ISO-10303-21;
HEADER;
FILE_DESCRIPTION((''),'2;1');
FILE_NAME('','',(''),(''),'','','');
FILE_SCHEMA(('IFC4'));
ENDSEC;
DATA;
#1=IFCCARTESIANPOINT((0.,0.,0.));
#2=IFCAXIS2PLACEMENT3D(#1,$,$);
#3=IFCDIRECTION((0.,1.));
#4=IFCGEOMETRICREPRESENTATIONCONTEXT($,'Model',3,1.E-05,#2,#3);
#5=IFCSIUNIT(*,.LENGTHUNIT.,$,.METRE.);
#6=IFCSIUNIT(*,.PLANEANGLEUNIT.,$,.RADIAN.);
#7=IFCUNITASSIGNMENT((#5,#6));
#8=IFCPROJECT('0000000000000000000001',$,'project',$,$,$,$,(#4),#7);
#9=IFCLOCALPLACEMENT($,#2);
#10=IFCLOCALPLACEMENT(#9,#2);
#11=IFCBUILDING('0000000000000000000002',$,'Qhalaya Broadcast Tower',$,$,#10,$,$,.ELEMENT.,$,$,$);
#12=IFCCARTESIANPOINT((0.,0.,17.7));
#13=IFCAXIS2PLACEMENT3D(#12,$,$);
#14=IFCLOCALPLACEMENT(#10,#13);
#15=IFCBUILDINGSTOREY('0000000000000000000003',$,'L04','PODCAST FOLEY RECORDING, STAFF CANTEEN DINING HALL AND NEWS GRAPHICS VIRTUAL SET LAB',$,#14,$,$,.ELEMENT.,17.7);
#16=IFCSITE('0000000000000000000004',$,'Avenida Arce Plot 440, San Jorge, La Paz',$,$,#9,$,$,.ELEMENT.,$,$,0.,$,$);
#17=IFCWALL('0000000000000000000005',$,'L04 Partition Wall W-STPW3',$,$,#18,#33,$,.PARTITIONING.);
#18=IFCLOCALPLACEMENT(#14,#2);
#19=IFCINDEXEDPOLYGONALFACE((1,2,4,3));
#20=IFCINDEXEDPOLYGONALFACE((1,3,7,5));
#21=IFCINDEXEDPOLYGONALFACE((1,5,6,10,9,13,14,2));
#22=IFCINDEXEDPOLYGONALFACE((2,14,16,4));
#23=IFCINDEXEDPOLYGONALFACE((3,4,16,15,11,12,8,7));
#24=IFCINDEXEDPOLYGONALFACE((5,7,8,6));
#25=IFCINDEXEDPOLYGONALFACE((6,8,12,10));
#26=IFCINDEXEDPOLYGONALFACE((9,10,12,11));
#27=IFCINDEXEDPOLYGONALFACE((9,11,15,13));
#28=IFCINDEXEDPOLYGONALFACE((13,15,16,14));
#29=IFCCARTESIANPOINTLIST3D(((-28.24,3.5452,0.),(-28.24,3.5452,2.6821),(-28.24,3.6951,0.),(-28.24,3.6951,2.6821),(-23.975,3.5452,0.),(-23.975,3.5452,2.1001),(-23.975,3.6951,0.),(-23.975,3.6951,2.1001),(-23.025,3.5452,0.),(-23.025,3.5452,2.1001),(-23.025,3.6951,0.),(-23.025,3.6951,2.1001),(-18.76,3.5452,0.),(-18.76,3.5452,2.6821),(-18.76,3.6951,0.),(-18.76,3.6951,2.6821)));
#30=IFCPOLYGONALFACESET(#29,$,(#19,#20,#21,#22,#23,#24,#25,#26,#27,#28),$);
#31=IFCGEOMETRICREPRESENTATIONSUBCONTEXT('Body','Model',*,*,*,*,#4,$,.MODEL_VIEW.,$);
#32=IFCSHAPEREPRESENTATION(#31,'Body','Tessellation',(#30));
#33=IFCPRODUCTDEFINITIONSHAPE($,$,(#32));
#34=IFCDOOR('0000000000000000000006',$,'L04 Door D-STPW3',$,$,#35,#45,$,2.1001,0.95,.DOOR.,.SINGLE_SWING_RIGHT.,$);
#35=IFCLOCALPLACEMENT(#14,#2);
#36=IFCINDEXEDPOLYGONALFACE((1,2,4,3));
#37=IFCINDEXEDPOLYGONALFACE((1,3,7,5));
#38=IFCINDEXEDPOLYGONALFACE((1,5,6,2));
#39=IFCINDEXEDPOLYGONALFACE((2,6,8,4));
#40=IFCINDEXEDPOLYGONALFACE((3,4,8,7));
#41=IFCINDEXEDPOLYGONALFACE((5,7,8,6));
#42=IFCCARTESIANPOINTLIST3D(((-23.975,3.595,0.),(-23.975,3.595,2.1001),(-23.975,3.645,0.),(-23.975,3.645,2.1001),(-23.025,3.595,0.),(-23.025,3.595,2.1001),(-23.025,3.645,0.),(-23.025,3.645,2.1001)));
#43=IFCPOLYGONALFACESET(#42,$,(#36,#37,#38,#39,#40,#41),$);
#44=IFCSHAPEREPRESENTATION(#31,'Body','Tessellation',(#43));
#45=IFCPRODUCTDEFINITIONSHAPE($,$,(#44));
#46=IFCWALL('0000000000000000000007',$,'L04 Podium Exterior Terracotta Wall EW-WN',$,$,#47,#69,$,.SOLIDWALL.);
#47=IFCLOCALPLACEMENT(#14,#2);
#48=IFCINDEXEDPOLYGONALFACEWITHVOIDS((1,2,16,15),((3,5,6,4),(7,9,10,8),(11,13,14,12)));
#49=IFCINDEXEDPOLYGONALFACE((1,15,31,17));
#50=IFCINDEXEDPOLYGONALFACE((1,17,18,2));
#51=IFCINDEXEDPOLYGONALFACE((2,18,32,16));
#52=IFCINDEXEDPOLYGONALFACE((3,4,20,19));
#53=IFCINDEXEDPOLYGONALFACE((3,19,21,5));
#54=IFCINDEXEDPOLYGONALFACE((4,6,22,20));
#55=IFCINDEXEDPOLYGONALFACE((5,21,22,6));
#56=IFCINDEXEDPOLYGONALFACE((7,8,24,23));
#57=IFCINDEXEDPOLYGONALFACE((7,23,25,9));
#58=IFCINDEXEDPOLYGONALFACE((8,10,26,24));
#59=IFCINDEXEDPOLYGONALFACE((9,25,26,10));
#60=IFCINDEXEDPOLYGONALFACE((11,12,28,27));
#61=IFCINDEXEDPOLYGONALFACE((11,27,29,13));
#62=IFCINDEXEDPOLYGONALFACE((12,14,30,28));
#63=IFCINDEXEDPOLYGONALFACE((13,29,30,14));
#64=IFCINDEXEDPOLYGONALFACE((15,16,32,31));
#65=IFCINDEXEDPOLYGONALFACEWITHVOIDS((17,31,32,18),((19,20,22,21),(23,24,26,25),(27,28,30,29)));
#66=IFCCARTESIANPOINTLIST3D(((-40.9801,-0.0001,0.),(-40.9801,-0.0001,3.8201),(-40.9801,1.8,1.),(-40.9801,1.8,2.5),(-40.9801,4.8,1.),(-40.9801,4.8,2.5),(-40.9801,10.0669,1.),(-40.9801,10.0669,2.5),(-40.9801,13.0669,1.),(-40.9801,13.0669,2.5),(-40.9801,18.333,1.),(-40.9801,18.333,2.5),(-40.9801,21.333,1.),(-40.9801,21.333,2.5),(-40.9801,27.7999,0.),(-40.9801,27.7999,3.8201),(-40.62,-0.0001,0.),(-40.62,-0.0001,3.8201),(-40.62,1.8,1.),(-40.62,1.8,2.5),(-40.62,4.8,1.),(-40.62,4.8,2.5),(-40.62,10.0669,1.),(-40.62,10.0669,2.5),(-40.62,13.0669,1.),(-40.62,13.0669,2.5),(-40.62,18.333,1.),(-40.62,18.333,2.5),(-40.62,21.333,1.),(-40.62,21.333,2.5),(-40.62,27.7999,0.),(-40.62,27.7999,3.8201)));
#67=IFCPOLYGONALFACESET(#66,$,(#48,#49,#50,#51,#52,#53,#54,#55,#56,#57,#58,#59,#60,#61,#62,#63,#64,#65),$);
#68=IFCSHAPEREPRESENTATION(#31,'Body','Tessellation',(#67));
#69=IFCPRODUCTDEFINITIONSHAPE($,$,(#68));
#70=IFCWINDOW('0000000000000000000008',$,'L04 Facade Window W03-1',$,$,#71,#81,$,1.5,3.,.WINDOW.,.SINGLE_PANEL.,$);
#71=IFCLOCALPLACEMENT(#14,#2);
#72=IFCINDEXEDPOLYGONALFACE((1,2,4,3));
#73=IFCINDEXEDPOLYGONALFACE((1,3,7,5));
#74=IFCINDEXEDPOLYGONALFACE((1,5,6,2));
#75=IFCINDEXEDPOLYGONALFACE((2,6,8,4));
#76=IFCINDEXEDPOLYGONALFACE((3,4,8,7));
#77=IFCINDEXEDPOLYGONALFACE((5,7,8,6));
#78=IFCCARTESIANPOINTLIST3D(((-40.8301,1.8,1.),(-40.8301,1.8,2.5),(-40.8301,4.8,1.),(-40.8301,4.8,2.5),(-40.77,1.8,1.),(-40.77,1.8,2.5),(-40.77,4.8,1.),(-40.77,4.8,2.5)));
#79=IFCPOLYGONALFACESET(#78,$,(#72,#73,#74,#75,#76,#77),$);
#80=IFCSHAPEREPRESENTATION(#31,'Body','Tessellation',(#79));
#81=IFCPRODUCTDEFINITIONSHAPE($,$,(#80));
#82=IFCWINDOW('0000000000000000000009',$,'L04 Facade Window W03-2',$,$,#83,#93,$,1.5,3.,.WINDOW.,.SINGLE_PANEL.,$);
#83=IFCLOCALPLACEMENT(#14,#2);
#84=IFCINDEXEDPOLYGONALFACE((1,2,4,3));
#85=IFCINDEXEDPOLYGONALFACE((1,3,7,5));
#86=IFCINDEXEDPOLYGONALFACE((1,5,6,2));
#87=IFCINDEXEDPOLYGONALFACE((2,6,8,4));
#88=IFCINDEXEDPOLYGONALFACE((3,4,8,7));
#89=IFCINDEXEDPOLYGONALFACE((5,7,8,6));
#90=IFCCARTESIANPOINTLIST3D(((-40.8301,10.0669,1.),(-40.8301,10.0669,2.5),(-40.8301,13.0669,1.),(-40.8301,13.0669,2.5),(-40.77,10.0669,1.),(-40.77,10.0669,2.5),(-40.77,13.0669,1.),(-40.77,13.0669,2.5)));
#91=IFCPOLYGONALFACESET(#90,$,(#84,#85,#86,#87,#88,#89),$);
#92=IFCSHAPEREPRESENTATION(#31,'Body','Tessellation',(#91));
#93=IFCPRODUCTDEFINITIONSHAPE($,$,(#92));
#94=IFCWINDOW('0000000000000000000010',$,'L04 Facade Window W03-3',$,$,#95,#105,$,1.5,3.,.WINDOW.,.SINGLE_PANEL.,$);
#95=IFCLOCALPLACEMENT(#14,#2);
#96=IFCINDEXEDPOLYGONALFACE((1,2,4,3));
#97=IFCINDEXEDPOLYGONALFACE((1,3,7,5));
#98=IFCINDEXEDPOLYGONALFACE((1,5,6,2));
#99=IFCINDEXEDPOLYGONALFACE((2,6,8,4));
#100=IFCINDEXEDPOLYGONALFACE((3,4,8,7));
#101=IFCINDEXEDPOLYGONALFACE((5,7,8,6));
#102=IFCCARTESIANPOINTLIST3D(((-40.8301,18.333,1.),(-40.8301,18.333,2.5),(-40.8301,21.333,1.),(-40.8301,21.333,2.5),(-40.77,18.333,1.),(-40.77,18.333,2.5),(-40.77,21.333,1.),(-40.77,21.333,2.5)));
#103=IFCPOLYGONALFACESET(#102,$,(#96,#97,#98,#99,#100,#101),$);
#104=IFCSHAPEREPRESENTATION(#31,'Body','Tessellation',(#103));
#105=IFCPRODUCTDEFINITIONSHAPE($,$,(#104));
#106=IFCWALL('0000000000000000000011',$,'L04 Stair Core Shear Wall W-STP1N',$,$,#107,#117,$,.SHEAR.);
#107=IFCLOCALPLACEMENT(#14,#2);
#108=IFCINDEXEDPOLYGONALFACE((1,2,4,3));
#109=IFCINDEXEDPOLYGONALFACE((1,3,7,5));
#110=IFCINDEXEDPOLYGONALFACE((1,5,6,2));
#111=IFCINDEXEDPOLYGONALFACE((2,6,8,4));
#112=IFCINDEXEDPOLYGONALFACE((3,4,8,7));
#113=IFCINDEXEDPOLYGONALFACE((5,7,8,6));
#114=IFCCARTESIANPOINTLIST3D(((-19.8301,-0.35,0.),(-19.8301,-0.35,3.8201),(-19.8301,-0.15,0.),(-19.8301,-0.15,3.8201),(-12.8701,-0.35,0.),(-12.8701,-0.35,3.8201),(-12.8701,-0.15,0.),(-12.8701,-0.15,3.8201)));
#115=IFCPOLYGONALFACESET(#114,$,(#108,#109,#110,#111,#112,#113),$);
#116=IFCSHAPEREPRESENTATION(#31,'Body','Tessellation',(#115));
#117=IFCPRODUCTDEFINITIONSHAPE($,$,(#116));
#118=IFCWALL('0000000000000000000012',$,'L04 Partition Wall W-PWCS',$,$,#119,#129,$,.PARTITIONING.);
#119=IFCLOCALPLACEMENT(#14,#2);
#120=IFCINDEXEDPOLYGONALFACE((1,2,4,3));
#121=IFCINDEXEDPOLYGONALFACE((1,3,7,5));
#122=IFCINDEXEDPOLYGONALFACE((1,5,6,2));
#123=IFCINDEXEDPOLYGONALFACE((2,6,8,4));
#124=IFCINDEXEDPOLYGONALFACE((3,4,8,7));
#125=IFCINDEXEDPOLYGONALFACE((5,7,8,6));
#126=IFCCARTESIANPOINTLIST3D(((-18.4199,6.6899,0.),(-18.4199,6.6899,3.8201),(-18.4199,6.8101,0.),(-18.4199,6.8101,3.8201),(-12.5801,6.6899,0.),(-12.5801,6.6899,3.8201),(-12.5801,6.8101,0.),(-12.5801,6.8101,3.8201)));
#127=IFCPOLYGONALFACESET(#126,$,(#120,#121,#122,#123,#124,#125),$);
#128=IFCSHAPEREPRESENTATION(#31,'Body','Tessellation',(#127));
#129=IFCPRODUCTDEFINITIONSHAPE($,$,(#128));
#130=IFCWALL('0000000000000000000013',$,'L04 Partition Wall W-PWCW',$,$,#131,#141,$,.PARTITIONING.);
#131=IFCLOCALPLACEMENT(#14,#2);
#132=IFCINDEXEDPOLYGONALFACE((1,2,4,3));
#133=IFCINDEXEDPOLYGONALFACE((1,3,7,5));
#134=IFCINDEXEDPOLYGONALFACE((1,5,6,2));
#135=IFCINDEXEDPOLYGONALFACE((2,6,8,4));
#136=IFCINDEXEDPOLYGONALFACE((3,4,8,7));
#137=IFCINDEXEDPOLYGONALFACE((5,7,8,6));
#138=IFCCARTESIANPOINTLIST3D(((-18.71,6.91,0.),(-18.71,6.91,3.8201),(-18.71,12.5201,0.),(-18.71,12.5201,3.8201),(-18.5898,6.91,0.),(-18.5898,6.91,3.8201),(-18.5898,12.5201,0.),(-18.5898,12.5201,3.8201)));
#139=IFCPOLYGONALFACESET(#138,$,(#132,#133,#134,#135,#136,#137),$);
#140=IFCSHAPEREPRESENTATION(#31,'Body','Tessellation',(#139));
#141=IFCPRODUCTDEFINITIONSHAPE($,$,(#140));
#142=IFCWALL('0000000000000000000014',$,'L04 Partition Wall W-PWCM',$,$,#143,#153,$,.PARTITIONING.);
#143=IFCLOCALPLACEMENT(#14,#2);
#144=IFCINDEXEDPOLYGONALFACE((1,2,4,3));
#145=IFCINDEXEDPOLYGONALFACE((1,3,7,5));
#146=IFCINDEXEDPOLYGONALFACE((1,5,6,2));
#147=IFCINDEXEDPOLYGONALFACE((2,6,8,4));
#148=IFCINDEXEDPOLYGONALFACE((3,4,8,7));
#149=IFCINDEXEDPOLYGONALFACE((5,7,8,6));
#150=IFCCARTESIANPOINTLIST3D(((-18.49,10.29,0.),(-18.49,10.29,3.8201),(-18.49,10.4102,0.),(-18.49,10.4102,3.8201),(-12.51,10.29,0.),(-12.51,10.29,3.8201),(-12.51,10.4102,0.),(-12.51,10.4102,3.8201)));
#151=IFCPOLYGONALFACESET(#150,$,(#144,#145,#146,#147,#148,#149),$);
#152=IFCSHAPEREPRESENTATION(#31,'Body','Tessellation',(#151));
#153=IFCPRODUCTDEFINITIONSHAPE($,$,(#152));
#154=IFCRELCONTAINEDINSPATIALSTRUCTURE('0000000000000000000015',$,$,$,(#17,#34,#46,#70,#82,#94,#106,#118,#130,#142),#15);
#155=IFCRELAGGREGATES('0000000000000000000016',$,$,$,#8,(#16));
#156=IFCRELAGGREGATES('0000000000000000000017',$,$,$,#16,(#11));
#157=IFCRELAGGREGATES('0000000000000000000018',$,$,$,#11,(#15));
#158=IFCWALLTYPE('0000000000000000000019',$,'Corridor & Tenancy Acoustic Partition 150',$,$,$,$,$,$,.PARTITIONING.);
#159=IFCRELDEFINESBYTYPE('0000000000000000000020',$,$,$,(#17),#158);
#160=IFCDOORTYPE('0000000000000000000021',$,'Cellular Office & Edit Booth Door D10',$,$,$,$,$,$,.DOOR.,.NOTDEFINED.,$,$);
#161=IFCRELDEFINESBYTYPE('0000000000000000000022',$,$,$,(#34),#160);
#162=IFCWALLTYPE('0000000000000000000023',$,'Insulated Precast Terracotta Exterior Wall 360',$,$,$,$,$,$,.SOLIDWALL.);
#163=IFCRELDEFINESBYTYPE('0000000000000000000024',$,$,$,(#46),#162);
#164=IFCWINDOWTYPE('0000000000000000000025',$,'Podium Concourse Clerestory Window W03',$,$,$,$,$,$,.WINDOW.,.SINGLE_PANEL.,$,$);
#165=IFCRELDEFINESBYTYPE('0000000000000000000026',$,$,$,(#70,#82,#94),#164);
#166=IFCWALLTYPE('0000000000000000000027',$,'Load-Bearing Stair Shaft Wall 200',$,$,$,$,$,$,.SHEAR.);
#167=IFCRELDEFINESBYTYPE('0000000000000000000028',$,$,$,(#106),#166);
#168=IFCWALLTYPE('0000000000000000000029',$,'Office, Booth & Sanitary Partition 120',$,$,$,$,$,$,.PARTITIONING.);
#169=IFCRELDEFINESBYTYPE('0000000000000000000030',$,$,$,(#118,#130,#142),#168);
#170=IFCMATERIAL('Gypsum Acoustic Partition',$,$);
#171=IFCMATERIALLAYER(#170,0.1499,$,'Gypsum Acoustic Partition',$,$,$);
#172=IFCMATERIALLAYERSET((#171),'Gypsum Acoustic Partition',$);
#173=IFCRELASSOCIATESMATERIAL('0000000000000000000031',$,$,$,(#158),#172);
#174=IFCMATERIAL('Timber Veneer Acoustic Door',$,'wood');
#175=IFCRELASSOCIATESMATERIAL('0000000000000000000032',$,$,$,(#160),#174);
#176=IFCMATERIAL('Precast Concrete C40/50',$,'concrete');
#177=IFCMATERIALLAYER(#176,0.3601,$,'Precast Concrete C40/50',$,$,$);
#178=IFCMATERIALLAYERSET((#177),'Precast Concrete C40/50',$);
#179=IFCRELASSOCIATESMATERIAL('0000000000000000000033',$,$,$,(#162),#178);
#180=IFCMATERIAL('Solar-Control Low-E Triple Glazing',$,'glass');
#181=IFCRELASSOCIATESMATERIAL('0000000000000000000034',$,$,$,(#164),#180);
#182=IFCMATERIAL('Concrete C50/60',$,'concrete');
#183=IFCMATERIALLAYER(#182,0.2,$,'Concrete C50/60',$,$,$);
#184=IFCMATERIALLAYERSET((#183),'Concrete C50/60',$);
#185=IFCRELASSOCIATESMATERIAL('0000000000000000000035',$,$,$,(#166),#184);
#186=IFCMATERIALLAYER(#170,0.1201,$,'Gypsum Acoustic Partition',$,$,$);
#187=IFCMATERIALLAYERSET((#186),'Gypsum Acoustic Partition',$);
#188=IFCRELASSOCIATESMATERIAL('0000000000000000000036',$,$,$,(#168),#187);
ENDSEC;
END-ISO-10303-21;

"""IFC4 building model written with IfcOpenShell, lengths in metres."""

from ifc_helpers import new_model, si_unit, direction, frame, frame_2d, origin, place, context, subcontext, project, spatial, rectangle, extrude, material, layer, layer_set, type_object, element, fill, save


model = new_model("IFC4")

# Units and contexts
model_context = context("Model", 3, precision=1e-05, world=origin(), true_north=direction((0.0, 1.0)))
body_context = subcontext(model_context, "Body", "Model", "MODEL_VIEW")
ifc_project = project(units=[si_unit("LENGTHUNIT", "METRE"), si_unit("PLANEANGLEUNIT", "RADIAN")], contexts=[model_context])

# Site, building, storey
site_placement = place(None, origin())
site = spatial("IfcSite", under=ifc_project, at=site_placement, Name="Avenida Arce Plot 440, San Jorge, La Paz", CompositionType="ELEMENT", RefElevation=0.0)
building_placement = place(site_placement, origin())
building = spatial("IfcBuilding", under=site, at=building_placement, Name="Qhalaya Broadcast Tower", CompositionType="ELEMENT")
storey_placement = place(building_placement, frame((0.0, 0.0, 17.7)))
storey = spatial("IfcBuildingStorey", under=building, at=storey_placement, Name="L04", Description="PODCAST FOLEY RECORDING, STAFF CANTEEN DINING HALL AND NEWS GRAPHICS VIRTUAL SET LAB", CompositionType="ELEMENT", Elevation=17.7)

# Shared definitions
ifc_material_1 = material(Name="Gypsum Acoustic Partition")
ifc_layer_1 = layer(ifc_material_1, 0.1499, Name="Gypsum Acoustic Partition")
ifc_layer_set_1 = layer_set([ifc_layer_1], Name="Gypsum Acoustic Partition")
wall_type_1 = type_object("IfcWallType", Name="Corridor & Tenancy Acoustic Partition 150", PredefinedType="PARTITIONING", material=ifc_layer_set_1)

# Wall, opening, door
wall_1_placement = place(storey_placement, frame((-28.24, 3.6201, 0.0), z_axis=(0.0, 0.0, 1.0), x_axis=(1.0, 0.0, 0.0)))
wall_1 = element("IfcWall", 1, at=wall_1_placement, inside=storey, type_object=wall_type_1, Name="L04 Partition Wall W-STPW3", PredefinedType="PARTITIONING", context=body_context, shape_type="SweptSolid", body=[
    extrude(rectangle(XDim=9.48, YDim=0.1499, at=frame_2d((4.74, 0.0))), origin(), (0.0, 0.0, 1.0), 2.6821),
])
opening_1_placement = place(wall_1_placement, frame((4.2649, 0.0, 0.0)))
opening_1 = element("IfcOpeningElement", 2, at=opening_1_placement, cuts=wall_1, PredefinedType="OPENING", context=body_context, shape_type="SweptSolid", body=[
    extrude(rectangle(XDim=0.95, YDim=2.1001, at=frame_2d((0.4751, 1.05))), frame((0.0, 0.0869, 0.0), z_axis=(0.0, -1.0, 0.0), x_axis=(1.0, 0.0, 0.0)), (0.0, 0.0, 1.0), 0.1738),
])
ifc_material_2 = material(Name="Timber Veneer Acoustic Door", Category="wood")
door_type_1 = type_object("IfcDoorType", Name="Cellular Office & Edit Booth Door D10", OperationType="NOTDEFINED", PredefinedType="DOOR", material=ifc_material_2)
door_1_placement = place(opening_1_placement, origin())
door_1 = element("IfcDoor", 3, at=door_1_placement, inside=storey, type_object=door_type_1, Name="L04 Door D-STPW3", OperationType="SINGLE_SWING_RIGHT", OverallHeight=2.1001, OverallWidth=0.95, PredefinedType="DOOR", context=body_context, shape_type="SweptSolid", body=[
    extrude(rectangle(XDim=0.95, YDim=2.1001, at=frame_2d((0.4751, 1.05))), frame((0.0, 0.0249, 0.0), z_axis=(0.0, -1.0, 0.0), x_axis=(1.0, 0.0, 0.0)), (0.0, 0.0, 1.0), 0.05),
])
fill(opening_1, door_1)

# Wall, openings, windows
ifc_material_3 = material(Name="Precast Concrete C40/50", Category="concrete")
ifc_layer_2 = layer(ifc_material_3, 0.3601, Name="Precast Concrete C40/50")
ifc_layer_set_2 = layer_set([ifc_layer_2], Name="Precast Concrete C40/50")
wall_type_2 = type_object("IfcWallType", Name="Insulated Precast Terracotta Exterior Wall 360", PredefinedType="SOLIDWALL", material=ifc_layer_set_2)
wall_2_placement = place(storey_placement, frame((-40.8, 0.0, 0.0), z_axis=(0.0, 0.0, 1.0), x_axis=(0.0, 1.0, 0.0)))
wall_2 = element("IfcWall", 4, at=wall_2_placement, inside=storey, type_object=wall_type_2, Name="L04 Podium Exterior Terracotta Wall EW-WN", PredefinedType="SOLIDWALL", context=body_context, shape_type="SweptSolid", body=[
    extrude(rectangle(XDim=27.8, YDim=0.3601, at=frame_2d((13.8999, 0.0))), origin(), (0.0, 0.0, 1.0), 3.8201),
])
opening_2_placement = place(wall_2_placement, frame((1.8, 0.0, 1.0)))
opening_2 = element("IfcOpeningElement", 5, at=opening_2_placement, cuts=wall_2, PredefinedType="OPENING", context=body_context, shape_type="SweptSolid", body=[
    extrude(rectangle(XDim=3.0, YDim=1.5, at=frame_2d((1.5, 0.75))), frame((0.0, 0.1921, 0.0), z_axis=(0.0, -1.0, 0.0), x_axis=(1.0, 0.0, 0.0)), (0.0, 0.0, 1.0), 0.384),
])
opening_3_placement = place(wall_2_placement, frame((10.0669, 0.0, 1.0)))
opening_3 = element("IfcOpeningElement", 6, at=opening_3_placement, cuts=wall_2, PredefinedType="OPENING", context=body_context, shape_type="SweptSolid", body=[
    extrude(rectangle(XDim=3.0, YDim=1.5, at=frame_2d((1.5, 0.75))), frame((0.0, 0.1921, 0.0), z_axis=(0.0, -1.0, 0.0), x_axis=(1.0, 0.0, 0.0)), (0.0, 0.0, 1.0), 0.384),
])
opening_4_placement = place(wall_2_placement, frame((18.333, 0.0, 1.0)))
opening_4 = element("IfcOpeningElement", 7, at=opening_4_placement, cuts=wall_2, PredefinedType="OPENING", context=body_context, shape_type="SweptSolid", body=[
    extrude(rectangle(XDim=3.0, YDim=1.5, at=frame_2d((1.5, 0.75))), frame((0.0, 0.1921, 0.0), z_axis=(0.0, -1.0, 0.0), x_axis=(1.0, 0.0, 0.0)), (0.0, 0.0, 1.0), 0.384),
])
ifc_material_4 = material(Name="Solar-Control Low-E Triple Glazing", Category="glass")
window_type = type_object("IfcWindowType", Name="Podium Concourse Clerestory Window W03", PartitioningType="SINGLE_PANEL", PredefinedType="WINDOW", material=ifc_material_4)
window_1_placement = place(opening_2_placement, origin())
window_1 = element("IfcWindow", 8, at=window_1_placement, inside=storey, type_object=window_type, Name="L04 Facade Window W03-1", OverallHeight=1.5, OverallWidth=3.0, PartitioningType="SINGLE_PANEL", PredefinedType="WINDOW", context=body_context, shape_type="SweptSolid", body=[
    extrude(rectangle(XDim=3.0, YDim=1.5, at=frame_2d((1.5, 0.75))), frame((0.0, 0.03, 0.0), z_axis=(0.0, -1.0, 0.0), x_axis=(1.0, 0.0, 0.0)), (0.0, 0.0, 1.0), 0.0601),
])
fill(opening_2, window_1)
window_2_placement = place(opening_3_placement, origin())
window_2 = element("IfcWindow", 9, at=window_2_placement, inside=storey, type_object=window_type, Name="L04 Facade Window W03-2", OverallHeight=1.5, OverallWidth=3.0, PartitioningType="SINGLE_PANEL", PredefinedType="WINDOW", context=body_context, shape_type="SweptSolid", body=[
    extrude(rectangle(XDim=3.0, YDim=1.5, at=frame_2d((1.5, 0.75))), frame((0.0, 0.03, 0.0), z_axis=(0.0, -1.0, 0.0), x_axis=(1.0, 0.0, 0.0)), (0.0, 0.0, 1.0), 0.0601),
])
fill(opening_3, window_2)
window_3_placement = place(opening_4_placement, origin())
window_3 = element("IfcWindow", 10, at=window_3_placement, inside=storey, type_object=window_type, Name="L04 Facade Window W03-3", OverallHeight=1.5, OverallWidth=3.0, PartitioningType="SINGLE_PANEL", PredefinedType="WINDOW", context=body_context, shape_type="SweptSolid", body=[
    extrude(rectangle(XDim=3.0, YDim=1.5, at=frame_2d((1.5, 0.75))), frame((0.0, 0.03, 0.0), z_axis=(0.0, -1.0, 0.0), x_axis=(1.0, 0.0, 0.0)), (0.0, 0.0, 1.0), 0.0601),
])
fill(opening_4, window_3)

# Walls
ifc_material_5 = material(Name="Concrete C50/60", Category="concrete")
ifc_layer_3 = layer(ifc_material_5, 0.2, Name="Concrete C50/60")
ifc_layer_set_3 = layer_set([ifc_layer_3], Name="Concrete C50/60")
wall_type_3 = type_object("IfcWallType", Name="Load-Bearing Stair Shaft Wall 200", PredefinedType="SHEAR", material=ifc_layer_set_3)
wall_3_placement = place(storey_placement, frame((-19.8301, -0.25, 0.0), z_axis=(0.0, 0.0, 1.0), x_axis=(1.0, 0.0, 0.0)))
element("IfcWall", 11, at=wall_3_placement, inside=storey, type_object=wall_type_3, Name="L04 Stair Core Shear Wall W-STP1N", PredefinedType="SHEAR", context=body_context, shape_type="SweptSolid", body=[
    extrude(rectangle(XDim=6.96, YDim=0.2, at=frame_2d((3.48, 0.0))), origin(), (0.0, 0.0, 1.0), 3.8201),
])
ifc_layer_4 = layer(ifc_material_1, 0.1201, Name="Gypsum Acoustic Partition")
ifc_layer_set_4 = layer_set([ifc_layer_4], Name="Gypsum Acoustic Partition")
wall_type_4 = type_object("IfcWallType", Name="Office, Booth & Sanitary Partition 120", PredefinedType="PARTITIONING", material=ifc_layer_set_4)
wall_4_placement = place(storey_placement, frame((-18.4199, 6.75, 0.0), z_axis=(0.0, 0.0, 1.0), x_axis=(1.0, 0.0, 0.0)))
element("IfcWall", 12, at=wall_4_placement, inside=storey, type_object=wall_type_4, Name="L04 Partition Wall W-PWCS", PredefinedType="PARTITIONING", context=body_context, shape_type="SweptSolid", body=[
    extrude(rectangle(XDim=5.8398, YDim=0.1201, at=frame_2d((2.9199, 0.0))), origin(), (0.0, 0.0, 1.0), 3.8201),
])
wall_5_placement = place(storey_placement, frame((-18.6499, 6.9099, 0.0), z_axis=(0.0, 0.0, 1.0), x_axis=(0.0, 1.0, 0.0)))
element("IfcWall", 13, at=wall_5_placement, inside=storey, type_object=wall_type_4, Name="L04 Partition Wall W-PWCW", PredefinedType="PARTITIONING", context=body_context, shape_type="SweptSolid", body=[
    extrude(rectangle(XDim=5.6101, YDim=0.1201, at=frame_2d((2.8052, 0.0))), origin(), (0.0, 0.0, 1.0), 3.8201),
])
wall_6_placement = place(storey_placement, frame((-18.49, 10.3501, 0.0), z_axis=(0.0, 0.0, 1.0), x_axis=(1.0, 0.0, 0.0)))
element("IfcWall", 14, at=wall_6_placement, inside=storey, type_object=wall_type_4, Name="L04 Partition Wall W-PWCM", PredefinedType="PARTITIONING", context=body_context, shape_type="SweptSolid", body=[
    extrude(rectangle(XDim=5.98, YDim=0.1201, at=frame_2d((2.99, 0.0))), origin(), (0.0, 0.0, 1.0), 3.8201),
])

save(model, "model.ifc")
